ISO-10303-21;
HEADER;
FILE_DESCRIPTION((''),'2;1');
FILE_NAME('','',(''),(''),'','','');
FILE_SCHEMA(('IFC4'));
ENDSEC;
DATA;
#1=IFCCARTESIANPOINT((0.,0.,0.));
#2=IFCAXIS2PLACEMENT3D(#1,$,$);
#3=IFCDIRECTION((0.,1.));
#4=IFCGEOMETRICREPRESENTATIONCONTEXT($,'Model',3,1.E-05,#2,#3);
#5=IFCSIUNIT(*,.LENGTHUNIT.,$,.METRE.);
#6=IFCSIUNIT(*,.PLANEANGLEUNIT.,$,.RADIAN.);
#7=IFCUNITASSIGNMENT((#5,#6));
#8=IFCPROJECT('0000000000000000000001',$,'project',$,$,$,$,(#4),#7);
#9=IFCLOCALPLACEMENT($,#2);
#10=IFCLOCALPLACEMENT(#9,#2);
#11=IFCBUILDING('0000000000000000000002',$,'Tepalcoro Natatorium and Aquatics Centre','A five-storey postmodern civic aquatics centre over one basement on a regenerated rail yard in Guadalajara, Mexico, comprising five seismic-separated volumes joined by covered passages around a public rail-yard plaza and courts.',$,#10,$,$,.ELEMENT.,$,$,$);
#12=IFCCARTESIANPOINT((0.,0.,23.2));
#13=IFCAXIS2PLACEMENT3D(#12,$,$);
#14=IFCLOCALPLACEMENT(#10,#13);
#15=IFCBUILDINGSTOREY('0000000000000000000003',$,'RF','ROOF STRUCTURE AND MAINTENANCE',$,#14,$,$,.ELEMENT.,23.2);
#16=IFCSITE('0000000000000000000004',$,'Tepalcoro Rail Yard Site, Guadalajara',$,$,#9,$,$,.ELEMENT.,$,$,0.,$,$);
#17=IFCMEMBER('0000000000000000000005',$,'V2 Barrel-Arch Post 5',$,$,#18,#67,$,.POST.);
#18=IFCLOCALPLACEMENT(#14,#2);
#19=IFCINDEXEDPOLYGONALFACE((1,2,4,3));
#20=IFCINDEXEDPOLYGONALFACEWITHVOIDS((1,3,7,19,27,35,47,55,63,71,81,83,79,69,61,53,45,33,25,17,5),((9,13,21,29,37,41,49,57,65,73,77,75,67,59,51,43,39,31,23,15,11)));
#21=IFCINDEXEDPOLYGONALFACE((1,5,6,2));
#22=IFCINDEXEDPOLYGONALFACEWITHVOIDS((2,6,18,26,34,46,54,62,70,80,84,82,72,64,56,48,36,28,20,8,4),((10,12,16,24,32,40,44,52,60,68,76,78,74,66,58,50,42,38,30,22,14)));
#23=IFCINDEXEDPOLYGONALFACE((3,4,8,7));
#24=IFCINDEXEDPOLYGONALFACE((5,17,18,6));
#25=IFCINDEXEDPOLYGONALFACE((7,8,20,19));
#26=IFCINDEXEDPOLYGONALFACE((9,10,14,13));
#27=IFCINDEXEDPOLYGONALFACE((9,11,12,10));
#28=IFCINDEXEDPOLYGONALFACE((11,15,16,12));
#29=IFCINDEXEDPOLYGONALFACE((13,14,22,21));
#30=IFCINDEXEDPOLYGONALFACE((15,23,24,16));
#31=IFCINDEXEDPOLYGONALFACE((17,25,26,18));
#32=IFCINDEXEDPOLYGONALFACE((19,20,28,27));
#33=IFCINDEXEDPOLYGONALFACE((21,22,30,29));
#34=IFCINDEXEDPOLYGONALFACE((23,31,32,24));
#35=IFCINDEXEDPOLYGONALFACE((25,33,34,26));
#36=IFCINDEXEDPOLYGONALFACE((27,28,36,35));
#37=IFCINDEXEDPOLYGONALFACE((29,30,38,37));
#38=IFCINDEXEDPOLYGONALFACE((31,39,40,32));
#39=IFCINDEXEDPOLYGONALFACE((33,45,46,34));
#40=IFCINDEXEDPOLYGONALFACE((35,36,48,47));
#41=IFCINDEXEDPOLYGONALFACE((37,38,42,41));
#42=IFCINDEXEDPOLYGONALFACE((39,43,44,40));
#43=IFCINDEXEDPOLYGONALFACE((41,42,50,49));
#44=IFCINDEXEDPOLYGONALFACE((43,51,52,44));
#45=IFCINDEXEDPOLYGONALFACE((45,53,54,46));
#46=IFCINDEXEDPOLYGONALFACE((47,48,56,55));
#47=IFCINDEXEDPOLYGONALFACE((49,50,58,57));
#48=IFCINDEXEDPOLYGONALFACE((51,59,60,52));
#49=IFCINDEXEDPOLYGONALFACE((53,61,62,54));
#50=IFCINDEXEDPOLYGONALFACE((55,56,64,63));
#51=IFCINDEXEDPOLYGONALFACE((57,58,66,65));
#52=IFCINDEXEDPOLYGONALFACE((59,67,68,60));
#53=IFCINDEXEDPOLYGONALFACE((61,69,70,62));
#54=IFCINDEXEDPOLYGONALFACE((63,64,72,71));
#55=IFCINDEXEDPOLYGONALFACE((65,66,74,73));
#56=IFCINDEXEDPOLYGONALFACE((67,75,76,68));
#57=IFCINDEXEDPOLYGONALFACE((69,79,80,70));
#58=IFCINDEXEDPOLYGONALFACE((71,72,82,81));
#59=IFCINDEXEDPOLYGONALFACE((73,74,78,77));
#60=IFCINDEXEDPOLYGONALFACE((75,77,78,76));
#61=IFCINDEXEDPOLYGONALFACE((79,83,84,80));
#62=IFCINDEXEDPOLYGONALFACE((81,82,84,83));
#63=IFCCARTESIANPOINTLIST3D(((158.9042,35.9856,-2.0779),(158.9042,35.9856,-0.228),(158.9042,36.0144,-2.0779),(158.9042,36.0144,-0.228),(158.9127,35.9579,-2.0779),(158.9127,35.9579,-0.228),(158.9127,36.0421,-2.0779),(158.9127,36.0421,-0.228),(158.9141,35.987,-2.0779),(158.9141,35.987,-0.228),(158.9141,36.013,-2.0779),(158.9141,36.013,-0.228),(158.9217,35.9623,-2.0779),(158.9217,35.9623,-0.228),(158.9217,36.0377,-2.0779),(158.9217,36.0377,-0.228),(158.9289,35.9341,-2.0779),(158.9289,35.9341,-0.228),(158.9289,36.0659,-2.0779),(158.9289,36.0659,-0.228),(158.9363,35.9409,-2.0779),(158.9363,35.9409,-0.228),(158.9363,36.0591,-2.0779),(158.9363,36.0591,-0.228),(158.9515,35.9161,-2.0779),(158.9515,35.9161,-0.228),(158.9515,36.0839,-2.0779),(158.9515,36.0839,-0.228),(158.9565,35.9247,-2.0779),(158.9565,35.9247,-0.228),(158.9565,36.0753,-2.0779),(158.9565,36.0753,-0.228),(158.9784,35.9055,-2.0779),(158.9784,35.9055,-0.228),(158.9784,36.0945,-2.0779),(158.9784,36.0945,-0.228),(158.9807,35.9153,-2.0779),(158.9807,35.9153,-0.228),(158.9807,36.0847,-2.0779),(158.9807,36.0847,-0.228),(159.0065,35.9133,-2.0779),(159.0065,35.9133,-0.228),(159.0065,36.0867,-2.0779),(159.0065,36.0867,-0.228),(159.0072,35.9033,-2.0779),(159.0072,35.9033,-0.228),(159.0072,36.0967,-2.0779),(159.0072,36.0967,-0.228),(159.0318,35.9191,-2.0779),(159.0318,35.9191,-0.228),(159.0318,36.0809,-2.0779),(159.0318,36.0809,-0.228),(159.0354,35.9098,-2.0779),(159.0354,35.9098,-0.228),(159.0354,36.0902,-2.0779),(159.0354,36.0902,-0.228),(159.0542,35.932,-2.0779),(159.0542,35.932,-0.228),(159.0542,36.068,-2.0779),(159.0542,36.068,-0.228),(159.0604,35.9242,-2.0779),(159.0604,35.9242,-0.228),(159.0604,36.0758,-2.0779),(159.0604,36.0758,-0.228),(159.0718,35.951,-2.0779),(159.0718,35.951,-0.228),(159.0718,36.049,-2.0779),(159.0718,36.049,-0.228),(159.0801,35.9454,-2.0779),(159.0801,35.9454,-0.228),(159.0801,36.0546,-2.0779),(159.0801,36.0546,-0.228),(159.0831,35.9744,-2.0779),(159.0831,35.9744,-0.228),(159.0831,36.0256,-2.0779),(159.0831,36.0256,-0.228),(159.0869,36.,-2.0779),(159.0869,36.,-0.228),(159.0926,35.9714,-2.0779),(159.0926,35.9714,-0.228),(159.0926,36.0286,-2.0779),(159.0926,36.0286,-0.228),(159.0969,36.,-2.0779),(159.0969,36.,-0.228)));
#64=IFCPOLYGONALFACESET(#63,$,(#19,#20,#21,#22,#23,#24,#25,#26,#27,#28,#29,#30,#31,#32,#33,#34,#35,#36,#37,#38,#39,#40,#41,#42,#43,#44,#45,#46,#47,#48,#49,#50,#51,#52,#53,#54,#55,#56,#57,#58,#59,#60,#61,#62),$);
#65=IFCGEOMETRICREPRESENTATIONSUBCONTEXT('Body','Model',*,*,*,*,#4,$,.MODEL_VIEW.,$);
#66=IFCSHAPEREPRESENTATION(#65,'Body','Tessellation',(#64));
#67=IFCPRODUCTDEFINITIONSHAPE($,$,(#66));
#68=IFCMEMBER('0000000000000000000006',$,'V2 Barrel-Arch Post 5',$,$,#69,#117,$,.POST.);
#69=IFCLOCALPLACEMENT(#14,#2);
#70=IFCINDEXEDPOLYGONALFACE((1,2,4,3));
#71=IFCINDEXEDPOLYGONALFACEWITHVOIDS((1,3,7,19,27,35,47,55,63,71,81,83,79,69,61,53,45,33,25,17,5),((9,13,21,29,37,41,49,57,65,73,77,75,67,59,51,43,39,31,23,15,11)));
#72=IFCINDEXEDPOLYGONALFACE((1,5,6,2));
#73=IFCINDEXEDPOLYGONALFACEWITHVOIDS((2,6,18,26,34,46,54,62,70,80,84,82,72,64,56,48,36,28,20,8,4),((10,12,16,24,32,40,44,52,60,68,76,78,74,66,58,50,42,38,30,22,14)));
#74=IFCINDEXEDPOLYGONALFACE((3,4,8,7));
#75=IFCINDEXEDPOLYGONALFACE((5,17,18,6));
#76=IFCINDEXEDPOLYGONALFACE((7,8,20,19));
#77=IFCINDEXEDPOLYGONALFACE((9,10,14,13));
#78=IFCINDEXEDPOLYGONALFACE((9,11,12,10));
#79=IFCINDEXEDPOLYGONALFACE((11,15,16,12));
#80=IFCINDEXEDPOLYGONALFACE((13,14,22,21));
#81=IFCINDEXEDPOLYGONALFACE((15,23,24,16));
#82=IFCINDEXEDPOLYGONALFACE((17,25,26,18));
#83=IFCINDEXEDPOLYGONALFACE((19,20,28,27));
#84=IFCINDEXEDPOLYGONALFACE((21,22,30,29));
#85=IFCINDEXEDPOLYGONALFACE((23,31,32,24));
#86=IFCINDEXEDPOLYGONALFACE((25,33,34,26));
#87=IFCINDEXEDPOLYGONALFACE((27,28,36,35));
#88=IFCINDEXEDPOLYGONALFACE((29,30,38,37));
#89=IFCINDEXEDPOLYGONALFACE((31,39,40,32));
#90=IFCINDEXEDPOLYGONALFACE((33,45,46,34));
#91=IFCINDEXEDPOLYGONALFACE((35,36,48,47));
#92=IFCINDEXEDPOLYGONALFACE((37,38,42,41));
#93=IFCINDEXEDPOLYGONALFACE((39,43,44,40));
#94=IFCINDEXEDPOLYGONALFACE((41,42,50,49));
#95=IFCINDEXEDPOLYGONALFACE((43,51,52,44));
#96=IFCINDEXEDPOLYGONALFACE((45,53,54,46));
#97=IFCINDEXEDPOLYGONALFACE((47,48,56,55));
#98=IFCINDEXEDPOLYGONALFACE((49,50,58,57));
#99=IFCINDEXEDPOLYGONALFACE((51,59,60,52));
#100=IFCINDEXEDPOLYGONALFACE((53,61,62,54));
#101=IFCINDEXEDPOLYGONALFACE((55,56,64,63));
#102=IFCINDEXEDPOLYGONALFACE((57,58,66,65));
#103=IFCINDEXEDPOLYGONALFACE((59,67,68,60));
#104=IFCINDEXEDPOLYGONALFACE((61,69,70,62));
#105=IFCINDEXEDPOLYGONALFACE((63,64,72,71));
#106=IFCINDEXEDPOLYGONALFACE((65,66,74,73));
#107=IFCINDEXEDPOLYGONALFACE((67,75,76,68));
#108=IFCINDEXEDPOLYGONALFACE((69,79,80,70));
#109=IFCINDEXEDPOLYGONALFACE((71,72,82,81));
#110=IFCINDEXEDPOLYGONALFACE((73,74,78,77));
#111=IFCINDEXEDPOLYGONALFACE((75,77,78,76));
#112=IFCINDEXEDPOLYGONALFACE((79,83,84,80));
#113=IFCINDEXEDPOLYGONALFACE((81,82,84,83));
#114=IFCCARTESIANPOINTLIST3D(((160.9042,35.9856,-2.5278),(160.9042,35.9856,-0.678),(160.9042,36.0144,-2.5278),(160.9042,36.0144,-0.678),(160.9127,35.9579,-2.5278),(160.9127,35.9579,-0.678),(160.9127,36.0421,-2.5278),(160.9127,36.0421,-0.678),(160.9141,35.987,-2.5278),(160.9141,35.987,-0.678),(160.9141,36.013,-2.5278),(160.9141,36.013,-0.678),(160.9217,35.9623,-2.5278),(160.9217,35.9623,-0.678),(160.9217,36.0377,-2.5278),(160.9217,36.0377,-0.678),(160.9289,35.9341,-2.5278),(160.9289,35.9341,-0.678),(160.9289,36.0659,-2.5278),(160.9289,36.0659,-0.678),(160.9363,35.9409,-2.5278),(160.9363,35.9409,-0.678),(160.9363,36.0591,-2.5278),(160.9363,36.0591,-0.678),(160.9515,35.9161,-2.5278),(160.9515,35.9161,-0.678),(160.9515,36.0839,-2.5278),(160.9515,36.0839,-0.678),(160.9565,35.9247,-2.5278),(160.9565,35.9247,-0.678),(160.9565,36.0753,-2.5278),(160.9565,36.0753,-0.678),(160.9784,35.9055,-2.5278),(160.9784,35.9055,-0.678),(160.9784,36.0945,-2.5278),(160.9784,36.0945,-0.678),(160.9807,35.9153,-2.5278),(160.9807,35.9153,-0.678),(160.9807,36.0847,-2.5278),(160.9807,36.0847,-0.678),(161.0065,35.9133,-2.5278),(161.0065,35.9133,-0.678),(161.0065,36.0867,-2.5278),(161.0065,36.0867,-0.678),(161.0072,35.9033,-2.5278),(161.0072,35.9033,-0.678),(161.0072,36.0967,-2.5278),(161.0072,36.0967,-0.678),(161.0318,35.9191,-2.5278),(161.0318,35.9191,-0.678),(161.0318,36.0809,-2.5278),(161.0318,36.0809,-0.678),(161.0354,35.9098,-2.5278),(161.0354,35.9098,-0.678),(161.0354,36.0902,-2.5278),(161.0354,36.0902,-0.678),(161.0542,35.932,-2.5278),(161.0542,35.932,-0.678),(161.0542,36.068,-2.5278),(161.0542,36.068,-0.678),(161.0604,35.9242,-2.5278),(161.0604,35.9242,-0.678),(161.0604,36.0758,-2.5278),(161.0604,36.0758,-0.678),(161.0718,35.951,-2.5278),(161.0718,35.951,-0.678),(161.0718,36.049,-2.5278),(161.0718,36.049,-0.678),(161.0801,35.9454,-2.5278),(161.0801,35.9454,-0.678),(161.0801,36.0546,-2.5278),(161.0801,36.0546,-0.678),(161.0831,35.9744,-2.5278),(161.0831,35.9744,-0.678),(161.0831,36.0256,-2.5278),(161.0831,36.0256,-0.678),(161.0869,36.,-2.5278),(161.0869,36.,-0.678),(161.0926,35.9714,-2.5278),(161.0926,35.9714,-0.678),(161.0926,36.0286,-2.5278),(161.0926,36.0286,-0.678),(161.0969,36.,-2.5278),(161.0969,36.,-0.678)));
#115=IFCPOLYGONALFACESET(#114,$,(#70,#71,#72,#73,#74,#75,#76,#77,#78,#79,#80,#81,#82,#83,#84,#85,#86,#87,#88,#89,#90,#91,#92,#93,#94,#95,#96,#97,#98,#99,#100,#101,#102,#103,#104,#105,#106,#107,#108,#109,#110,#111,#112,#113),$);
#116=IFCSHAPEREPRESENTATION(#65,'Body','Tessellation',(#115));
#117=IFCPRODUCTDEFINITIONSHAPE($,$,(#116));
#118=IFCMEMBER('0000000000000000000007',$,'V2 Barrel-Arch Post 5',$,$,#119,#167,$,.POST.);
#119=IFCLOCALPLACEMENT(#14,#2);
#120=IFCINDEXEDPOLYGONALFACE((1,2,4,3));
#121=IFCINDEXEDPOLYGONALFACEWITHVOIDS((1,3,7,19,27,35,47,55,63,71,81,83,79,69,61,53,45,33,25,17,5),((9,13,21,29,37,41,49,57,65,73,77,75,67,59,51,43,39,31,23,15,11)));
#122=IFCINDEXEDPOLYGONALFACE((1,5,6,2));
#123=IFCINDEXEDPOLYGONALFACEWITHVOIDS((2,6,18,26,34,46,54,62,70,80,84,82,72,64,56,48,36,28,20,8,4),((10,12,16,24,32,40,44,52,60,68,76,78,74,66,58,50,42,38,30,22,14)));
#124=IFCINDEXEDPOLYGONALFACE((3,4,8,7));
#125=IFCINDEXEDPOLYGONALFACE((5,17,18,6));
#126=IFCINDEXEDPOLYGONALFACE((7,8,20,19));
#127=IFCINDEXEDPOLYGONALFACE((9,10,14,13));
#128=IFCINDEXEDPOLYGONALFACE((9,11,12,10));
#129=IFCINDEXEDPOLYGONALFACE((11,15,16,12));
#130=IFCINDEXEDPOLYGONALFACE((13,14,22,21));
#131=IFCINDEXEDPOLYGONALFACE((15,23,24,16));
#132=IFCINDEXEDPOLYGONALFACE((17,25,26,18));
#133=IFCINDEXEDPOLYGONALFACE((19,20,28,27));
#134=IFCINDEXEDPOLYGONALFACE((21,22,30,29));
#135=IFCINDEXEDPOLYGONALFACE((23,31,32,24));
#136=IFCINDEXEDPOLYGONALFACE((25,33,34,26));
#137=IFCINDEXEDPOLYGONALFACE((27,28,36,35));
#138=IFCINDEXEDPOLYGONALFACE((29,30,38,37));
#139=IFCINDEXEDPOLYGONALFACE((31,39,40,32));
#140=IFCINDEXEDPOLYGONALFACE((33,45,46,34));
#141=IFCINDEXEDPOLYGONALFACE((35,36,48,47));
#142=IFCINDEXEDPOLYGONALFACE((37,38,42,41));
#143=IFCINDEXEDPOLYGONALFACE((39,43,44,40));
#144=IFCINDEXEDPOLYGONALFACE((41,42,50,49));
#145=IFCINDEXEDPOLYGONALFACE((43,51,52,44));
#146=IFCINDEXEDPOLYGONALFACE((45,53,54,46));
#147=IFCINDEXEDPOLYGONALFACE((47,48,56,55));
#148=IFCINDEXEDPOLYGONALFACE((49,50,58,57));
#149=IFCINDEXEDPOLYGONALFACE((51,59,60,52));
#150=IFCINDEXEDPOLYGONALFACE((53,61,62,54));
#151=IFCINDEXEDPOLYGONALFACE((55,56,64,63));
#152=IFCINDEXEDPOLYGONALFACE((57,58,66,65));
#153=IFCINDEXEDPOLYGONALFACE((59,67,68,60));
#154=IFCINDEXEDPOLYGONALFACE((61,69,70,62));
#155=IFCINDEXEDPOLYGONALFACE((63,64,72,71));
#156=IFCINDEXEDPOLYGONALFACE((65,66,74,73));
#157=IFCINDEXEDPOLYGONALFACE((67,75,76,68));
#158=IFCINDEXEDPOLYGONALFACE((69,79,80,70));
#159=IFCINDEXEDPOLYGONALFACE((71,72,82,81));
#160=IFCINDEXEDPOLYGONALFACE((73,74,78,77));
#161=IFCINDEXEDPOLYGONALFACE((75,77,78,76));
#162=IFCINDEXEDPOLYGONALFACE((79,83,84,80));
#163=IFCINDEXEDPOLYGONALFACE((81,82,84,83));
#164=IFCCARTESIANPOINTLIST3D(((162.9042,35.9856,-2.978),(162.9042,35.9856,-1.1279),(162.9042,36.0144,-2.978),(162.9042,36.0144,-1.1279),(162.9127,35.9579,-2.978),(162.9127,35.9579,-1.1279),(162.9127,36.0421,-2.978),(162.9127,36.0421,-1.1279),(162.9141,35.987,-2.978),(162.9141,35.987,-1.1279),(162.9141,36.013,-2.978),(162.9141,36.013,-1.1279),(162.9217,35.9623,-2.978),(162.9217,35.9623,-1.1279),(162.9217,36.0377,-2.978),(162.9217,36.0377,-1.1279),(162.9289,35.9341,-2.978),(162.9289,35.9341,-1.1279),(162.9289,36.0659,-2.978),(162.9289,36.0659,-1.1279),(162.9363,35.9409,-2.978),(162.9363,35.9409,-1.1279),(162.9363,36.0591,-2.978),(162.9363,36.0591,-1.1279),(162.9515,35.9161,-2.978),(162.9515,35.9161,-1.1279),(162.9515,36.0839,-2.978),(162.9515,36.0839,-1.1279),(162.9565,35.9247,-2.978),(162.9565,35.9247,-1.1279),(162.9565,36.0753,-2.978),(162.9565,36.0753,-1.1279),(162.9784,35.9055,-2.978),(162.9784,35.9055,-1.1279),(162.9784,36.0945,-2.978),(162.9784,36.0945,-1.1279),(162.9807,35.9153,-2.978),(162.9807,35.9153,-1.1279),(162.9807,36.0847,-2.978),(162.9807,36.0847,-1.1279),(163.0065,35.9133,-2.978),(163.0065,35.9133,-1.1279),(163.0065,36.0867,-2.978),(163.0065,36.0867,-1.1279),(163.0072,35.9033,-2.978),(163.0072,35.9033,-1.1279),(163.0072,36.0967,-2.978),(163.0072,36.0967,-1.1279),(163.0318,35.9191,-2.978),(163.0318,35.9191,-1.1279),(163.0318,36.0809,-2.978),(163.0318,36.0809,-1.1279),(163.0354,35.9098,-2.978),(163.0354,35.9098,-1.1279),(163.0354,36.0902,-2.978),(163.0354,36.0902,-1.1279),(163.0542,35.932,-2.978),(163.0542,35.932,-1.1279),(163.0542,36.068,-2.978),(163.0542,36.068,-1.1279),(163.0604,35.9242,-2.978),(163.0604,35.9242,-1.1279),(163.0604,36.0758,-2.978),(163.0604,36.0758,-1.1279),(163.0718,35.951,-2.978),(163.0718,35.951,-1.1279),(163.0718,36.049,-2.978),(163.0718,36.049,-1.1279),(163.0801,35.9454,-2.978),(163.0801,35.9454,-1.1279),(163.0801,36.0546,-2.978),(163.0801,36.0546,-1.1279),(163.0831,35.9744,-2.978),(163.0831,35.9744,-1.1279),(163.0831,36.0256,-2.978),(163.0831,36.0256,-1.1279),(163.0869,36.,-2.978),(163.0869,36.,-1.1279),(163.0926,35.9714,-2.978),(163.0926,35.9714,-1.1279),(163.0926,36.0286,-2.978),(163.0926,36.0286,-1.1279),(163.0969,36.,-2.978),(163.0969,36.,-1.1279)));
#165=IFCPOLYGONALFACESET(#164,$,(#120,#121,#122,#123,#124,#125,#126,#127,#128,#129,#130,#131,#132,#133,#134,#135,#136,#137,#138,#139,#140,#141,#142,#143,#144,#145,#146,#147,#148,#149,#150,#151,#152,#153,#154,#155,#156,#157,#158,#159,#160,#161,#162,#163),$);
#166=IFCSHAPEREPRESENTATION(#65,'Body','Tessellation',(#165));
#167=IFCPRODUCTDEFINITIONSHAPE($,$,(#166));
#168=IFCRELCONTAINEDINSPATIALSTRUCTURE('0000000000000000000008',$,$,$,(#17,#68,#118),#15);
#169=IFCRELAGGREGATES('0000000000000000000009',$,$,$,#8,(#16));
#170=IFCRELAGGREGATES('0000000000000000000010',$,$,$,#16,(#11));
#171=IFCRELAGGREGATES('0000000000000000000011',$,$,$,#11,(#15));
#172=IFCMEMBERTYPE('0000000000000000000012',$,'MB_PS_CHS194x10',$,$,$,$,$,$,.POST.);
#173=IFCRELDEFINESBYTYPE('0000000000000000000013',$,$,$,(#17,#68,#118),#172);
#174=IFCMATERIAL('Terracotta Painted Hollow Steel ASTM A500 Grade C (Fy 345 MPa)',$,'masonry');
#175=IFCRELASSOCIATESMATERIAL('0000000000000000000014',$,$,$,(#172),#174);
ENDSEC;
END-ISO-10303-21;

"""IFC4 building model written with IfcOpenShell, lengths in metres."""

from ifc_helpers import new_model, si_unit, direction, frame, origin, origin_2d, place, context, subcontext, project, spatial, hollow_circle, extrude, material, material_profile, profile_set, type_object, element, save


model = new_model("IFC4")

# Units and contexts
model_context = context("Model", 3, precision=1e-05, world=origin(), true_north=direction((0.0, 1.0)))
body_context = subcontext(model_context, "Body", "Model", "MODEL_VIEW")
ifc_project = project(units=[si_unit("LENGTHUNIT", "METRE"), si_unit("PLANEANGLEUNIT", "RADIAN")], contexts=[model_context])

# Site, building, storey
site_placement = place(None, origin())
site = spatial("IfcSite", under=ifc_project, at=site_placement, Name="Tepalcoro Rail Yard Site, Guadalajara", CompositionType="ELEMENT", RefElevation=0.0)
building_placement = place(site_placement, origin())
building = spatial("IfcBuilding", under=site, at=building_placement, Name="Tepalcoro Natatorium and Aquatics Centre", Description="A five-storey postmodern civic aquatics centre over one basement on a regenerated rail yard in Guadalajara, Mexico, comprising five seismic-separated volumes joined by covered passages around a public rail-yard plaza and courts.", CompositionType="ELEMENT")
storey_placement = place(building_placement, frame((0.0, 0.0, 23.2)))
storey = spatial("IfcBuildingStorey", under=building, at=storey_placement, Name="RF", Description="ROOF STRUCTURE AND MAINTENANCE", CompositionType="ELEMENT", Elevation=23.2)

# Shared definitions
ifc_material_1 = material(Name="Terracotta Painted Hollow Steel ASTM A500 Grade C (Fy 345 MPa)", Category="masonry")

# Members
ifc_material_profile_1 = material_profile(ifc_material_1, hollow_circle(Radius=0.0969, WallThickness=0.01, at=origin_2d()), Name="CHS194X10")
ifc_profile_set_1 = profile_set([ifc_material_profile_1], Name="Terracotta Painted Hollow Steel ASTM A500 Grade C (Fy 345 MPa)")
member_type_1 = type_object("IfcMemberType", Name="MB_PS_CHS194x10", PredefinedType="POST", material=ifc_profile_set_1)
for number, where, z_axis, x_axis, name in (
    (1, (159.0, 36.0, -2.0779), (0.0, 0.0, 1.0), (1.0, 0.0, 0.0), "V2 Barrel-Arch Post 5"),
    (2, (161.0, 36.0, -2.5278), (0.0, 0.0, 1.0), (1.0, 0.0, 0.0), "V2 Barrel-Arch Post 5"),
):
    element("IfcMember", number, at=place(storey_placement, frame(where, z_axis=z_axis, x_axis=x_axis)), inside=storey, type_object=member_type_1, Name=name, PredefinedType="POST", context=body_context, shape_type="SweptSolid", body=[
        extrude(hollow_circle(Radius=0.0969, WallThickness=0.01, at=origin_2d()), origin(), (0.0, 0.0, 1.0), 1.8499),
    ])
member_1_placement = place(storey_placement, frame((163.0, 36.0, -2.978), z_axis=(0.0, 0.0, 1.0), x_axis=(1.0, 0.0, 0.0)))
element("IfcMember", 3, at=member_1_placement, inside=storey, type_object=member_type_1, Name="V2 Barrel-Arch Post 5", PredefinedType="POST", context=body_context, shape_type="SweptSolid", body=[
    extrude(hollow_circle(Radius=0.0969, WallThickness=0.01, at=origin_2d()), origin(), (0.0, 0.0, 1.0), 1.8501),
])

save(model, "model.ifc")
